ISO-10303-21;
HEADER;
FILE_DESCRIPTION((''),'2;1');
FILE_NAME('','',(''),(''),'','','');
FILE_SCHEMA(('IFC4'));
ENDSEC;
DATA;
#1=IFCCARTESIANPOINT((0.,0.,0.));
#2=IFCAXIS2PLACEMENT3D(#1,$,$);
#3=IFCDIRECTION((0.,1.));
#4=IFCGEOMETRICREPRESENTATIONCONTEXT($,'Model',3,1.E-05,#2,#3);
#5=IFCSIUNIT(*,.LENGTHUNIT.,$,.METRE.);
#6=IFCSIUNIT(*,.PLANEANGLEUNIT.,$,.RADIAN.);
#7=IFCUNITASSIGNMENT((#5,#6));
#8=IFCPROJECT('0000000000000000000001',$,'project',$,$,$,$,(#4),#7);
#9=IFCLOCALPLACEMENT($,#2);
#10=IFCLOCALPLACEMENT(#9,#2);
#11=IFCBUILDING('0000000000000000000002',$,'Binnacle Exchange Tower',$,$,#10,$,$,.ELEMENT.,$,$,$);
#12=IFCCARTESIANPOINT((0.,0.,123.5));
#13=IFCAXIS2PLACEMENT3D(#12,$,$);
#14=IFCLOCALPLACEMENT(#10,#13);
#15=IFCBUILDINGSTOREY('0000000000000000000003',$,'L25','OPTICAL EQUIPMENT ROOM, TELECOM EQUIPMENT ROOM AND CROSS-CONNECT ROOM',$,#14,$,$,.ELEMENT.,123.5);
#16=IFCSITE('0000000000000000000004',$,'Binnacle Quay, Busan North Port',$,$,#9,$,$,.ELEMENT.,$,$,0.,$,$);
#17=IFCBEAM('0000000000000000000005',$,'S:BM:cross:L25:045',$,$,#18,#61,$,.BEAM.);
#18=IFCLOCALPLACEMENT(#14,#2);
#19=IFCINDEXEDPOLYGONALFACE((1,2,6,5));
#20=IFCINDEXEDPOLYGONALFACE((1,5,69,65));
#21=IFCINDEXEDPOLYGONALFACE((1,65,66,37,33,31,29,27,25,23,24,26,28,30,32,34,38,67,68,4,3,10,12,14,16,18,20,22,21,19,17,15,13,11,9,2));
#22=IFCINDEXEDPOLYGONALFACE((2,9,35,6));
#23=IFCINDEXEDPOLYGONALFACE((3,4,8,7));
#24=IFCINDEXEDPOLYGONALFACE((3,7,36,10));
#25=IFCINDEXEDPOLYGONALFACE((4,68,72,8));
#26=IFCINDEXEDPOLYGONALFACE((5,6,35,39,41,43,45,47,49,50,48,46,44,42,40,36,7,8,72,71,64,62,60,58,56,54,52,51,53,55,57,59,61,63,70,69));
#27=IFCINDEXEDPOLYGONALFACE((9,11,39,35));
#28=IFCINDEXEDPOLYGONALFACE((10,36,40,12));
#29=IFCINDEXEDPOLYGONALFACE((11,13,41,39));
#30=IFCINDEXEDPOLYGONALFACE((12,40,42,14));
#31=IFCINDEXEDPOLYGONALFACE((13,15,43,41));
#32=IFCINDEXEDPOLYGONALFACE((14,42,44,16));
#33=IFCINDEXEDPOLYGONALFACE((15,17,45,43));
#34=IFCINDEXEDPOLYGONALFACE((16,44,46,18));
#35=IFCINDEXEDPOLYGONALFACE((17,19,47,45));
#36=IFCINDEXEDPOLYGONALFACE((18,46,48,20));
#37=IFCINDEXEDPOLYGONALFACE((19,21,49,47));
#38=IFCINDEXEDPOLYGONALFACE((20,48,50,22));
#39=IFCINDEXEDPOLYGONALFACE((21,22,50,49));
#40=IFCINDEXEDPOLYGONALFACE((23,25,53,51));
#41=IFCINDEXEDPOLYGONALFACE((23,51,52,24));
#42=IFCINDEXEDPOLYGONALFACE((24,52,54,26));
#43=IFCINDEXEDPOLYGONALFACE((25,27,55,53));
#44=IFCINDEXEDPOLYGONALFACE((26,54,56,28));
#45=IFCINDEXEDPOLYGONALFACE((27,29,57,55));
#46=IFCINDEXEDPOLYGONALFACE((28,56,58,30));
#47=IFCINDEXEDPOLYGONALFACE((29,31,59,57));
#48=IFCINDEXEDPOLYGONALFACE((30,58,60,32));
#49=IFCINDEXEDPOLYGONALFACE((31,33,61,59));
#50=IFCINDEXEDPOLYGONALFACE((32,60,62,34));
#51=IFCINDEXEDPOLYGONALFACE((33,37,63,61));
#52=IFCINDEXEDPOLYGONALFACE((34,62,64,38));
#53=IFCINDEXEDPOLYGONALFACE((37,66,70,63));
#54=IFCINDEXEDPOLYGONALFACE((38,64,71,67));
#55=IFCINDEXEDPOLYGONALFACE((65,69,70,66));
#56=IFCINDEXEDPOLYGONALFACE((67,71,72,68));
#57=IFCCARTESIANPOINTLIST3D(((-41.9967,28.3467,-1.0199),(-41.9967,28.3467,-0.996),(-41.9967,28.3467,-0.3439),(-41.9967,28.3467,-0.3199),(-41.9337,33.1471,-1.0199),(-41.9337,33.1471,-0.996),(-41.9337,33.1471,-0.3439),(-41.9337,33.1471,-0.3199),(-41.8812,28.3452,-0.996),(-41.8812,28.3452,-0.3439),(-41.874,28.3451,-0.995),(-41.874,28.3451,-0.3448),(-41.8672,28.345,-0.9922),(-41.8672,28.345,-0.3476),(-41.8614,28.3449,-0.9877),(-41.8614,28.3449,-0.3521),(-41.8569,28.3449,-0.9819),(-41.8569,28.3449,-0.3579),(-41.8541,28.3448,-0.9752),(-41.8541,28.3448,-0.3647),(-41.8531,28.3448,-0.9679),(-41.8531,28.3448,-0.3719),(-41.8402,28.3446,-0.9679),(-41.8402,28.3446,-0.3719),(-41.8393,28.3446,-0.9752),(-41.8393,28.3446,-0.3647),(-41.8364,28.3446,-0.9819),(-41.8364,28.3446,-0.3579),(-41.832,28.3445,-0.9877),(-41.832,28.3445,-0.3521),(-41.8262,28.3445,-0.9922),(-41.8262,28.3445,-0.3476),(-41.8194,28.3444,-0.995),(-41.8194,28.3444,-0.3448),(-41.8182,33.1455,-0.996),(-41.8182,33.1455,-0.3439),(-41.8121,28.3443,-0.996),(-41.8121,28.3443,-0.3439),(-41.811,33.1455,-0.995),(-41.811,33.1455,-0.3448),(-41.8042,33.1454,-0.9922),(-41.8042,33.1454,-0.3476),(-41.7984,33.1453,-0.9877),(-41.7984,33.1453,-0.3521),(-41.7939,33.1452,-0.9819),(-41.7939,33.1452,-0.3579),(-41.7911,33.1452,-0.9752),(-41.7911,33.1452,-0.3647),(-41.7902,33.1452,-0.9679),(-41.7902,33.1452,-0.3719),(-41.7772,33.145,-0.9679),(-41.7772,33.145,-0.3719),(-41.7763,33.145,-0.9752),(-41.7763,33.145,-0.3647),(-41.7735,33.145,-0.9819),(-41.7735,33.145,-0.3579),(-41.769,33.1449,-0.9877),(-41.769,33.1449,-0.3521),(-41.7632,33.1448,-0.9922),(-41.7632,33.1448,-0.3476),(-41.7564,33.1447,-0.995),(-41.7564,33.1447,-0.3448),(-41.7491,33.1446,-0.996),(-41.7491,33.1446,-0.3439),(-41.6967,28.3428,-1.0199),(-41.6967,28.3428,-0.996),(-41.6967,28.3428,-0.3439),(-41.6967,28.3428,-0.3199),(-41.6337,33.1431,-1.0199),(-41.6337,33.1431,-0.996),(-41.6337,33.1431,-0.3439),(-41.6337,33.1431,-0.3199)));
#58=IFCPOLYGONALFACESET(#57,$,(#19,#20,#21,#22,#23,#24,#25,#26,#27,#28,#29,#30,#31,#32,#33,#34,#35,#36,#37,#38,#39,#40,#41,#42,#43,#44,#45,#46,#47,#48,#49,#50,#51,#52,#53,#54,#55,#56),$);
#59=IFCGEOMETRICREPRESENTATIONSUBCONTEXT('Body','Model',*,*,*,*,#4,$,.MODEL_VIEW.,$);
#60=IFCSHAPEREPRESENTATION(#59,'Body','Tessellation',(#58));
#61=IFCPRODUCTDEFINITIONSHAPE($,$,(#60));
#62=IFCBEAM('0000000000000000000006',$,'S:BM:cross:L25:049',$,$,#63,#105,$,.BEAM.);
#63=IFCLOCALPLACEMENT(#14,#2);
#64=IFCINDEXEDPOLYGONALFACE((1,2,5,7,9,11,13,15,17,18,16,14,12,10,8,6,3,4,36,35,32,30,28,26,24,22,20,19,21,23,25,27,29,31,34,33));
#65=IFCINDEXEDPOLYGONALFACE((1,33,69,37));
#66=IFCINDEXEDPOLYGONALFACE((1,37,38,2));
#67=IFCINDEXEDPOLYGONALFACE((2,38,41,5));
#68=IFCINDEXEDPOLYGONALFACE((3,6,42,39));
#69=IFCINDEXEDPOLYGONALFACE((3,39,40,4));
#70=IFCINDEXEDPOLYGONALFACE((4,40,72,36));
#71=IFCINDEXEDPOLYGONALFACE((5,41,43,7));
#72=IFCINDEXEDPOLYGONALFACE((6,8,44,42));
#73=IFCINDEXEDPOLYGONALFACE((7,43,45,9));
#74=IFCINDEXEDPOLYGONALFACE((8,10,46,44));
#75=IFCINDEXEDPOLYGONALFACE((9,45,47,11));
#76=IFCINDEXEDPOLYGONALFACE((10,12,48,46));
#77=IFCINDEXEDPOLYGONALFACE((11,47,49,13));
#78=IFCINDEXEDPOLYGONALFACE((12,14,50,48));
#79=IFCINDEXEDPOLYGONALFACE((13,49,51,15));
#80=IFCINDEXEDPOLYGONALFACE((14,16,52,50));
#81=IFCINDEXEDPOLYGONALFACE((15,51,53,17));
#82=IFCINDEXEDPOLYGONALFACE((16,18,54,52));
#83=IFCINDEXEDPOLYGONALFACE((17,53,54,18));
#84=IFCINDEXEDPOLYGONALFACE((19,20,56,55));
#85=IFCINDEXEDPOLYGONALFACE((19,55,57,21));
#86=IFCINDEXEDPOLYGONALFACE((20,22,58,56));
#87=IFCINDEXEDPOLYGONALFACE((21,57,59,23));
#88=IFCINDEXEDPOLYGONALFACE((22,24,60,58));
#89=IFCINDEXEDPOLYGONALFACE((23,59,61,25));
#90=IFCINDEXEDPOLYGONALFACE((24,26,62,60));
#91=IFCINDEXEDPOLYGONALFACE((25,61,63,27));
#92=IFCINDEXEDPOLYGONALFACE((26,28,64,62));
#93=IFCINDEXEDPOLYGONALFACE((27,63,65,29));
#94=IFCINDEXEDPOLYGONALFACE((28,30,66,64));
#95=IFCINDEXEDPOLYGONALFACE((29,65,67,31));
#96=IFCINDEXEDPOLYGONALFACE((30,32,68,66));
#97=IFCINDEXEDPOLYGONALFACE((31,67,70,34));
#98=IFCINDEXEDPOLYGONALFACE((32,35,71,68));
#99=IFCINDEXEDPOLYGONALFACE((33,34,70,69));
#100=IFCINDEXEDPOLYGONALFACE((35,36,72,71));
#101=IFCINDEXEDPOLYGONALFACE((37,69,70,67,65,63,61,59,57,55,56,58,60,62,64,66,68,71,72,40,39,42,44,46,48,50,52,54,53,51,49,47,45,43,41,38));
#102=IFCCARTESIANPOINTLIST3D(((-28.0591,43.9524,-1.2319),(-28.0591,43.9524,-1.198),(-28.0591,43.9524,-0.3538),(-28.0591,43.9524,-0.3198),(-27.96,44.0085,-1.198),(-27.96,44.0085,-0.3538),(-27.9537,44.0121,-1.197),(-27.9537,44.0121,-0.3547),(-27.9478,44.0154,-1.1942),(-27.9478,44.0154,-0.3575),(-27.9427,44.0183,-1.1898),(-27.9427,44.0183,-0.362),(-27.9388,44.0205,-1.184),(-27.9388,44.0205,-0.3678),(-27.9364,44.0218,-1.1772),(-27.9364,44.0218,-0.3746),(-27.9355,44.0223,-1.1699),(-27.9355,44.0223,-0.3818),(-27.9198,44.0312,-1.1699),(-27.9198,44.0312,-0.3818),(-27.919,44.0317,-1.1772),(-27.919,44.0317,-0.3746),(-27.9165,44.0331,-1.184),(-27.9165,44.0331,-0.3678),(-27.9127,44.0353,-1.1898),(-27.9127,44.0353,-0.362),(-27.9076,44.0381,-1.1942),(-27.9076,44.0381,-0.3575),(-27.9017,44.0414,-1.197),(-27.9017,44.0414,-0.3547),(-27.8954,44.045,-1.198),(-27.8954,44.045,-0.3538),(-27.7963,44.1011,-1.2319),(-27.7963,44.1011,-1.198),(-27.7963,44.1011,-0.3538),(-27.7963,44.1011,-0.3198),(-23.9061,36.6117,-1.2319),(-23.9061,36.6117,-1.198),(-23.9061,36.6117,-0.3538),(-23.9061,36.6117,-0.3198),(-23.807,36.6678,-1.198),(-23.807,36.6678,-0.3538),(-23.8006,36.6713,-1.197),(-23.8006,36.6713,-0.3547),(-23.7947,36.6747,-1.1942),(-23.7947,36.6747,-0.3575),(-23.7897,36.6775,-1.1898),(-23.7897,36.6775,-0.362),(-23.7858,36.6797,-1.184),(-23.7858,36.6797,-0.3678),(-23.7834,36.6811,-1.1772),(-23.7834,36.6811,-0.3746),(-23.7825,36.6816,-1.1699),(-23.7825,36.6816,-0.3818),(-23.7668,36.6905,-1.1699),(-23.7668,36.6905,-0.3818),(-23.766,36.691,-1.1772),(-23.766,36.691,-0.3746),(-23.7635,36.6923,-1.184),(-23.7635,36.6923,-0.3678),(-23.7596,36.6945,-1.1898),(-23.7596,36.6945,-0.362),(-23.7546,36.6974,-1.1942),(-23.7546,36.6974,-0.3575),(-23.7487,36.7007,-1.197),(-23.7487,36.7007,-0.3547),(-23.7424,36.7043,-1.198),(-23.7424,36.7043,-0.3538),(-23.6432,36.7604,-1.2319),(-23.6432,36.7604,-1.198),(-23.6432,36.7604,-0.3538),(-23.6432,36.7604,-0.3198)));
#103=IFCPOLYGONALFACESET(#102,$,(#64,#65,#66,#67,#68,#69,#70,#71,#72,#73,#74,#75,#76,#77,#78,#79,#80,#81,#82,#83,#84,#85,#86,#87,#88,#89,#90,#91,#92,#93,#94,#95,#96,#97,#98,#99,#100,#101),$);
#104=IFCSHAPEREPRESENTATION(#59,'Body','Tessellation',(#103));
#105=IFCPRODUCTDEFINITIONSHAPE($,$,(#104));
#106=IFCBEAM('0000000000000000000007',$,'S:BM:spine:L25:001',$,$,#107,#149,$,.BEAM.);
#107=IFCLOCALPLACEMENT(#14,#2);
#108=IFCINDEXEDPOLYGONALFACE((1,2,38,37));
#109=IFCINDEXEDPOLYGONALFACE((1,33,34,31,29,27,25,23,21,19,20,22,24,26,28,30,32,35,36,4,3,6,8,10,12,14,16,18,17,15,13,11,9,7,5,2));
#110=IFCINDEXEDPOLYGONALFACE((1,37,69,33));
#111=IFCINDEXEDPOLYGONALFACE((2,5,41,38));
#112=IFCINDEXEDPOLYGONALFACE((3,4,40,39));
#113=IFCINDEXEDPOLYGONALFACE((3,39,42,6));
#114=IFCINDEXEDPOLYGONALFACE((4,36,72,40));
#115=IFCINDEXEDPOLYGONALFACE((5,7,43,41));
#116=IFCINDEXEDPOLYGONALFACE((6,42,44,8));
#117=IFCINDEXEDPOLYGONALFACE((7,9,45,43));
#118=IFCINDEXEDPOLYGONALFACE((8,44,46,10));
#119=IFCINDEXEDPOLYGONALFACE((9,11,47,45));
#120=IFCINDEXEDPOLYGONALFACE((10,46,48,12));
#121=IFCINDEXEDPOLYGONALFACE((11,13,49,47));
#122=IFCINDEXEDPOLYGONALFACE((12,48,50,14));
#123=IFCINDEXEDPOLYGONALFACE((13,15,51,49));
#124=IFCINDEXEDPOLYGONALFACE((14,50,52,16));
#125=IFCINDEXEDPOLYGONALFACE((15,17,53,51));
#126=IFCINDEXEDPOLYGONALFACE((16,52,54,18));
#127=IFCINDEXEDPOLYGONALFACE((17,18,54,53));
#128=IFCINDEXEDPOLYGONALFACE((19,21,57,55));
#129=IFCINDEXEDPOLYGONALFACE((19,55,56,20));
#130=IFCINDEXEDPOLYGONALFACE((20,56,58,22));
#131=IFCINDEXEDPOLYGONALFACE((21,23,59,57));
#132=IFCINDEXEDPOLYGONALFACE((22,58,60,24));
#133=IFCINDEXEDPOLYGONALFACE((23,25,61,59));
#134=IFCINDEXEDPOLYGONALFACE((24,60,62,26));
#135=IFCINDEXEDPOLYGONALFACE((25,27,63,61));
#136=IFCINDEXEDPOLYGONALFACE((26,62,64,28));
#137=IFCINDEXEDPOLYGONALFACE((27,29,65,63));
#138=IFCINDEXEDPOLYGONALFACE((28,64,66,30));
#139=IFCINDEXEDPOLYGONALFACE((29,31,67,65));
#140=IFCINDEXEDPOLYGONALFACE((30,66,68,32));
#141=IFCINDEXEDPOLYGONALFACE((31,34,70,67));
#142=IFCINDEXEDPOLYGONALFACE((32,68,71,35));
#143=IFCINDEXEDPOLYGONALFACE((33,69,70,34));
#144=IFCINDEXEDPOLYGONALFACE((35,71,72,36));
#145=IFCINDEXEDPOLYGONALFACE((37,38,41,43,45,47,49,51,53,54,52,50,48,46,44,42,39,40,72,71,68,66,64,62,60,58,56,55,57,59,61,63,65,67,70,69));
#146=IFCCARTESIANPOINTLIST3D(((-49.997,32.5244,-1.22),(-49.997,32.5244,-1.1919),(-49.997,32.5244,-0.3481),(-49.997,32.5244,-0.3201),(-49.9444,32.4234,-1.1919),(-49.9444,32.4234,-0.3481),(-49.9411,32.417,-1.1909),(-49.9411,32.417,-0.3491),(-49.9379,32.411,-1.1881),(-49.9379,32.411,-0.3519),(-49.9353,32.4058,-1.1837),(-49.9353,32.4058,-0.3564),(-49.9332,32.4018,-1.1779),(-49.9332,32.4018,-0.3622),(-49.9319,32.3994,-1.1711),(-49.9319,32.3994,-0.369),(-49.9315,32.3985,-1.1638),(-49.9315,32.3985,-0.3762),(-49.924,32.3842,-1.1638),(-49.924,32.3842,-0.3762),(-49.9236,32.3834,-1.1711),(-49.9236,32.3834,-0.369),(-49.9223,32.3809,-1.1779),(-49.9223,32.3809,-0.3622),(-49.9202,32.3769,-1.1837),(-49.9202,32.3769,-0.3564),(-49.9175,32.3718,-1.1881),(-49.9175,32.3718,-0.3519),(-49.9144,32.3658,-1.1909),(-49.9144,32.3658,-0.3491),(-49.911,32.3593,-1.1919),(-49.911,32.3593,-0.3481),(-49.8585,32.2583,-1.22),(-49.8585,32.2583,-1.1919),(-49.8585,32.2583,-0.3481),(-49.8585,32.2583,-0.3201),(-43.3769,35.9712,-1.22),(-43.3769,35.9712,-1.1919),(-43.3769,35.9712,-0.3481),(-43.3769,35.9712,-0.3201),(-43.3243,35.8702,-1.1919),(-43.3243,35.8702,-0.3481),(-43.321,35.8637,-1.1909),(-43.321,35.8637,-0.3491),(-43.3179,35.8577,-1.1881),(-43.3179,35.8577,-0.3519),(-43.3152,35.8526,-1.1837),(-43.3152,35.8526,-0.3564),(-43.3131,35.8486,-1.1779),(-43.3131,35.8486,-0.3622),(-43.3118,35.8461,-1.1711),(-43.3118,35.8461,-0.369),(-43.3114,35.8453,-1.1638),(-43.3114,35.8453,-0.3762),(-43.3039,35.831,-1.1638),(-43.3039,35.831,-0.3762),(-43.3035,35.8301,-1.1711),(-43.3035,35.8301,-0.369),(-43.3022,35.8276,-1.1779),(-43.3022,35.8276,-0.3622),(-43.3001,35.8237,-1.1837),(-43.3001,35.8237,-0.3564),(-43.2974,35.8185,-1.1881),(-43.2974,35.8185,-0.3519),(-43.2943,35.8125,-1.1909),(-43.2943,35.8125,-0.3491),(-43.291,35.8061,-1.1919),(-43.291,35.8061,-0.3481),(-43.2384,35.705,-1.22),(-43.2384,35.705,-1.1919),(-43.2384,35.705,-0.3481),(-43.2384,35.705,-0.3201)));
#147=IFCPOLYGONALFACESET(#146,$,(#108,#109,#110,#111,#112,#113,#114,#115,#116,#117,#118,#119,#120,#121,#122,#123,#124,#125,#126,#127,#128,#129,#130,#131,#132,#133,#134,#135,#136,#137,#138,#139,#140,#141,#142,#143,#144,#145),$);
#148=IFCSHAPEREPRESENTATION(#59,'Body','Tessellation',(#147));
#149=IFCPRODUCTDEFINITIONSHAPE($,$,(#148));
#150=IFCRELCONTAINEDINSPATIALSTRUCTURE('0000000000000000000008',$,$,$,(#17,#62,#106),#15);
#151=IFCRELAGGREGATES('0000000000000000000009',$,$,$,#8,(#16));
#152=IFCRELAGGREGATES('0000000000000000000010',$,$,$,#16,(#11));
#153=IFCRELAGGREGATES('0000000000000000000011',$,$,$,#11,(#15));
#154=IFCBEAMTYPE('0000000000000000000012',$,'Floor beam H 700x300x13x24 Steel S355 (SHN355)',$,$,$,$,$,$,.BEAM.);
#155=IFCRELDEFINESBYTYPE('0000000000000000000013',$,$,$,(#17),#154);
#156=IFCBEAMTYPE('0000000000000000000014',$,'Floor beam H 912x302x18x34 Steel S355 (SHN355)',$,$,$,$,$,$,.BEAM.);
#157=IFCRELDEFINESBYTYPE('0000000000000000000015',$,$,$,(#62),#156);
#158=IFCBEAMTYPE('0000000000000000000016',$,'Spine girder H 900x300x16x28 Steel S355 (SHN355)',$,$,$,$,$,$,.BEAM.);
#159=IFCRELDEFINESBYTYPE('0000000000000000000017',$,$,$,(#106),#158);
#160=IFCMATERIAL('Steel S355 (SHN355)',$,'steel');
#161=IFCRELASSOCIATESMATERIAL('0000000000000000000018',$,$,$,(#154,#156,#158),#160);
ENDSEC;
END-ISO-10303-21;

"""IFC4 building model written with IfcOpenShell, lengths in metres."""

from ifc_helpers import new_model, si_unit, direction, frame, origin, origin_2d, place, context, subcontext, project, spatial, i_section, extrude, material, material_profile, profile_set, type_object, element, save


model = new_model("IFC4")

# Units and contexts
model_context = context("Model", 3, precision=1e-05, world=origin(), true_north=direction((0.0, 1.0)))
body_context = subcontext(model_context, "Body", "Model", "MODEL_VIEW")
ifc_project = project(units=[si_unit("LENGTHUNIT", "METRE"), si_unit("PLANEANGLEUNIT", "RADIAN")], contexts=[model_context])

# Site, building, storey
site_placement = place(None, origin())
site = spatial("IfcSite", under=ifc_project, at=site_placement, Name="Binnacle Quay, Busan North Port", CompositionType="ELEMENT", RefElevation=0.0)
building_placement = place(site_placement, origin())
building = spatial("IfcBuilding", under=site, at=building_placement, Name="Binnacle Exchange Tower", CompositionType="ELEMENT")
storey_placement = place(building_placement, frame((0.0, 0.0, 123.5)))
storey = spatial("IfcBuildingStorey", under=building, at=storey_placement, Name="L25", Description="OPTICAL EQUIPMENT ROOM, TELECOM EQUIPMENT ROOM AND CROSS-CONNECT ROOM", CompositionType="ELEMENT", Elevation=123.5)

# Beams
ifc_material_1 = material(Name="Steel S355 (SHN355)", Category="steel")
ifc_material_profile_1 = material_profile(ifc_material_1, i_section(OverallWidth=0.3, OverallDepth=0.7, WebThickness=0.0129, FlangeThickness=0.0239, FilletRadius=0.0281, at=origin_2d()), Name="H 700x300x13x24")
ifc_profile_set_1 = profile_set([ifc_material_profile_1], Name="Steel S355 (SHN355)")
beam_type_1 = type_object("IfcBeamType", Name="Floor beam H 700x300x13x24 Steel S355 (SHN355)", PredefinedType="BEAM", material=ifc_profile_set_1)
beam_1_placement = place(storey_placement, frame((-41.8467, 28.3447, -0.6699), z_axis=(0.013121, 0.999914, 0.0), x_axis=(-0.999914, 0.013121, 0.0)))
element("IfcBeam", 1, at=beam_1_placement, inside=storey, type_object=beam_type_1, Name="S:BM:cross:L25:045", PredefinedType="BEAM", context=body_context, shape_type="SweptSolid", body=[
    extrude(i_section(OverallWidth=0.3, OverallDepth=0.7, WebThickness=0.0129, FlangeThickness=0.0239, FilletRadius=0.0281, at=origin_2d()), origin(), (0.0, 0.0, 1.0), 4.8008),
])
ifc_material_profile_2 = material_profile(ifc_material_1, i_section(OverallWidth=0.302, OverallDepth=0.9121, WebThickness=0.0181, FlangeThickness=0.0339, FilletRadius=0.0281, at=origin_2d()), Name="H 912x302x18x34")
ifc_profile_set_2 = profile_set([ifc_material_profile_2], Name="Steel S355 (SHN355)")
beam_type_2 = type_object("IfcBeamType", Name="Floor beam H 912x302x18x34 Steel S355 (SHN355)", PredefinedType="BEAM", material=ifc_profile_set_2)
beam_2_placement = place(storey_placement, frame((-23.7747, 36.686, -0.7759), z_axis=(-0.492409, 0.870364, 0.0), x_axis=(-0.870364, -0.492409, 0.0)))
element("IfcBeam", 2, at=beam_2_placement, inside=storey, type_object=beam_type_2, Name="S:BM:cross:L25:049", PredefinedType="BEAM", context=body_context, shape_type="SweptSolid", body=[
    extrude(i_section(OverallWidth=0.302, OverallDepth=0.9121, WebThickness=0.0181, FlangeThickness=0.0339, FilletRadius=0.0281, at=origin_2d()), origin(), (0.0, 0.0, 1.0), 8.4341),
])
ifc_material_profile_3 = material_profile(ifc_material_1, i_section(OverallWidth=0.3, OverallDepth=0.8999, WebThickness=0.0161, FlangeThickness=0.0281, FilletRadius=0.0281, at=origin_2d()), Name="H 900x300x16x28")
ifc_profile_set_3 = profile_set([ifc_material_profile_3], Name="Steel S355 (SHN355)")
beam_type_3 = type_object("IfcBeamType", Name="Spine girder H 900x300x16x28 Steel S355 (SHN355)", PredefinedType="BEAM", material=ifc_profile_set_3)
beam_3_placement = place(storey_placement, frame((-49.9277, 32.3914, -0.77), z_axis=(0.88698, 0.461808, 0.0), x_axis=(-0.461808, 0.88698, 0.0)))
element("IfcBeam", 3, at=beam_3_placement, inside=storey, type_object=beam_type_3, Name="S:BM:spine:L25:001", PredefinedType="BEAM", context=body_context, shape_type="SweptSolid", body=[
    extrude(i_section(OverallWidth=0.3, OverallDepth=0.8999, WebThickness=0.0161, FlangeThickness=0.0281, FilletRadius=0.0281, at=origin_2d()), origin(), (0.0, 0.0, 1.0), 7.4636),
])

save(model, "model.ifc")
